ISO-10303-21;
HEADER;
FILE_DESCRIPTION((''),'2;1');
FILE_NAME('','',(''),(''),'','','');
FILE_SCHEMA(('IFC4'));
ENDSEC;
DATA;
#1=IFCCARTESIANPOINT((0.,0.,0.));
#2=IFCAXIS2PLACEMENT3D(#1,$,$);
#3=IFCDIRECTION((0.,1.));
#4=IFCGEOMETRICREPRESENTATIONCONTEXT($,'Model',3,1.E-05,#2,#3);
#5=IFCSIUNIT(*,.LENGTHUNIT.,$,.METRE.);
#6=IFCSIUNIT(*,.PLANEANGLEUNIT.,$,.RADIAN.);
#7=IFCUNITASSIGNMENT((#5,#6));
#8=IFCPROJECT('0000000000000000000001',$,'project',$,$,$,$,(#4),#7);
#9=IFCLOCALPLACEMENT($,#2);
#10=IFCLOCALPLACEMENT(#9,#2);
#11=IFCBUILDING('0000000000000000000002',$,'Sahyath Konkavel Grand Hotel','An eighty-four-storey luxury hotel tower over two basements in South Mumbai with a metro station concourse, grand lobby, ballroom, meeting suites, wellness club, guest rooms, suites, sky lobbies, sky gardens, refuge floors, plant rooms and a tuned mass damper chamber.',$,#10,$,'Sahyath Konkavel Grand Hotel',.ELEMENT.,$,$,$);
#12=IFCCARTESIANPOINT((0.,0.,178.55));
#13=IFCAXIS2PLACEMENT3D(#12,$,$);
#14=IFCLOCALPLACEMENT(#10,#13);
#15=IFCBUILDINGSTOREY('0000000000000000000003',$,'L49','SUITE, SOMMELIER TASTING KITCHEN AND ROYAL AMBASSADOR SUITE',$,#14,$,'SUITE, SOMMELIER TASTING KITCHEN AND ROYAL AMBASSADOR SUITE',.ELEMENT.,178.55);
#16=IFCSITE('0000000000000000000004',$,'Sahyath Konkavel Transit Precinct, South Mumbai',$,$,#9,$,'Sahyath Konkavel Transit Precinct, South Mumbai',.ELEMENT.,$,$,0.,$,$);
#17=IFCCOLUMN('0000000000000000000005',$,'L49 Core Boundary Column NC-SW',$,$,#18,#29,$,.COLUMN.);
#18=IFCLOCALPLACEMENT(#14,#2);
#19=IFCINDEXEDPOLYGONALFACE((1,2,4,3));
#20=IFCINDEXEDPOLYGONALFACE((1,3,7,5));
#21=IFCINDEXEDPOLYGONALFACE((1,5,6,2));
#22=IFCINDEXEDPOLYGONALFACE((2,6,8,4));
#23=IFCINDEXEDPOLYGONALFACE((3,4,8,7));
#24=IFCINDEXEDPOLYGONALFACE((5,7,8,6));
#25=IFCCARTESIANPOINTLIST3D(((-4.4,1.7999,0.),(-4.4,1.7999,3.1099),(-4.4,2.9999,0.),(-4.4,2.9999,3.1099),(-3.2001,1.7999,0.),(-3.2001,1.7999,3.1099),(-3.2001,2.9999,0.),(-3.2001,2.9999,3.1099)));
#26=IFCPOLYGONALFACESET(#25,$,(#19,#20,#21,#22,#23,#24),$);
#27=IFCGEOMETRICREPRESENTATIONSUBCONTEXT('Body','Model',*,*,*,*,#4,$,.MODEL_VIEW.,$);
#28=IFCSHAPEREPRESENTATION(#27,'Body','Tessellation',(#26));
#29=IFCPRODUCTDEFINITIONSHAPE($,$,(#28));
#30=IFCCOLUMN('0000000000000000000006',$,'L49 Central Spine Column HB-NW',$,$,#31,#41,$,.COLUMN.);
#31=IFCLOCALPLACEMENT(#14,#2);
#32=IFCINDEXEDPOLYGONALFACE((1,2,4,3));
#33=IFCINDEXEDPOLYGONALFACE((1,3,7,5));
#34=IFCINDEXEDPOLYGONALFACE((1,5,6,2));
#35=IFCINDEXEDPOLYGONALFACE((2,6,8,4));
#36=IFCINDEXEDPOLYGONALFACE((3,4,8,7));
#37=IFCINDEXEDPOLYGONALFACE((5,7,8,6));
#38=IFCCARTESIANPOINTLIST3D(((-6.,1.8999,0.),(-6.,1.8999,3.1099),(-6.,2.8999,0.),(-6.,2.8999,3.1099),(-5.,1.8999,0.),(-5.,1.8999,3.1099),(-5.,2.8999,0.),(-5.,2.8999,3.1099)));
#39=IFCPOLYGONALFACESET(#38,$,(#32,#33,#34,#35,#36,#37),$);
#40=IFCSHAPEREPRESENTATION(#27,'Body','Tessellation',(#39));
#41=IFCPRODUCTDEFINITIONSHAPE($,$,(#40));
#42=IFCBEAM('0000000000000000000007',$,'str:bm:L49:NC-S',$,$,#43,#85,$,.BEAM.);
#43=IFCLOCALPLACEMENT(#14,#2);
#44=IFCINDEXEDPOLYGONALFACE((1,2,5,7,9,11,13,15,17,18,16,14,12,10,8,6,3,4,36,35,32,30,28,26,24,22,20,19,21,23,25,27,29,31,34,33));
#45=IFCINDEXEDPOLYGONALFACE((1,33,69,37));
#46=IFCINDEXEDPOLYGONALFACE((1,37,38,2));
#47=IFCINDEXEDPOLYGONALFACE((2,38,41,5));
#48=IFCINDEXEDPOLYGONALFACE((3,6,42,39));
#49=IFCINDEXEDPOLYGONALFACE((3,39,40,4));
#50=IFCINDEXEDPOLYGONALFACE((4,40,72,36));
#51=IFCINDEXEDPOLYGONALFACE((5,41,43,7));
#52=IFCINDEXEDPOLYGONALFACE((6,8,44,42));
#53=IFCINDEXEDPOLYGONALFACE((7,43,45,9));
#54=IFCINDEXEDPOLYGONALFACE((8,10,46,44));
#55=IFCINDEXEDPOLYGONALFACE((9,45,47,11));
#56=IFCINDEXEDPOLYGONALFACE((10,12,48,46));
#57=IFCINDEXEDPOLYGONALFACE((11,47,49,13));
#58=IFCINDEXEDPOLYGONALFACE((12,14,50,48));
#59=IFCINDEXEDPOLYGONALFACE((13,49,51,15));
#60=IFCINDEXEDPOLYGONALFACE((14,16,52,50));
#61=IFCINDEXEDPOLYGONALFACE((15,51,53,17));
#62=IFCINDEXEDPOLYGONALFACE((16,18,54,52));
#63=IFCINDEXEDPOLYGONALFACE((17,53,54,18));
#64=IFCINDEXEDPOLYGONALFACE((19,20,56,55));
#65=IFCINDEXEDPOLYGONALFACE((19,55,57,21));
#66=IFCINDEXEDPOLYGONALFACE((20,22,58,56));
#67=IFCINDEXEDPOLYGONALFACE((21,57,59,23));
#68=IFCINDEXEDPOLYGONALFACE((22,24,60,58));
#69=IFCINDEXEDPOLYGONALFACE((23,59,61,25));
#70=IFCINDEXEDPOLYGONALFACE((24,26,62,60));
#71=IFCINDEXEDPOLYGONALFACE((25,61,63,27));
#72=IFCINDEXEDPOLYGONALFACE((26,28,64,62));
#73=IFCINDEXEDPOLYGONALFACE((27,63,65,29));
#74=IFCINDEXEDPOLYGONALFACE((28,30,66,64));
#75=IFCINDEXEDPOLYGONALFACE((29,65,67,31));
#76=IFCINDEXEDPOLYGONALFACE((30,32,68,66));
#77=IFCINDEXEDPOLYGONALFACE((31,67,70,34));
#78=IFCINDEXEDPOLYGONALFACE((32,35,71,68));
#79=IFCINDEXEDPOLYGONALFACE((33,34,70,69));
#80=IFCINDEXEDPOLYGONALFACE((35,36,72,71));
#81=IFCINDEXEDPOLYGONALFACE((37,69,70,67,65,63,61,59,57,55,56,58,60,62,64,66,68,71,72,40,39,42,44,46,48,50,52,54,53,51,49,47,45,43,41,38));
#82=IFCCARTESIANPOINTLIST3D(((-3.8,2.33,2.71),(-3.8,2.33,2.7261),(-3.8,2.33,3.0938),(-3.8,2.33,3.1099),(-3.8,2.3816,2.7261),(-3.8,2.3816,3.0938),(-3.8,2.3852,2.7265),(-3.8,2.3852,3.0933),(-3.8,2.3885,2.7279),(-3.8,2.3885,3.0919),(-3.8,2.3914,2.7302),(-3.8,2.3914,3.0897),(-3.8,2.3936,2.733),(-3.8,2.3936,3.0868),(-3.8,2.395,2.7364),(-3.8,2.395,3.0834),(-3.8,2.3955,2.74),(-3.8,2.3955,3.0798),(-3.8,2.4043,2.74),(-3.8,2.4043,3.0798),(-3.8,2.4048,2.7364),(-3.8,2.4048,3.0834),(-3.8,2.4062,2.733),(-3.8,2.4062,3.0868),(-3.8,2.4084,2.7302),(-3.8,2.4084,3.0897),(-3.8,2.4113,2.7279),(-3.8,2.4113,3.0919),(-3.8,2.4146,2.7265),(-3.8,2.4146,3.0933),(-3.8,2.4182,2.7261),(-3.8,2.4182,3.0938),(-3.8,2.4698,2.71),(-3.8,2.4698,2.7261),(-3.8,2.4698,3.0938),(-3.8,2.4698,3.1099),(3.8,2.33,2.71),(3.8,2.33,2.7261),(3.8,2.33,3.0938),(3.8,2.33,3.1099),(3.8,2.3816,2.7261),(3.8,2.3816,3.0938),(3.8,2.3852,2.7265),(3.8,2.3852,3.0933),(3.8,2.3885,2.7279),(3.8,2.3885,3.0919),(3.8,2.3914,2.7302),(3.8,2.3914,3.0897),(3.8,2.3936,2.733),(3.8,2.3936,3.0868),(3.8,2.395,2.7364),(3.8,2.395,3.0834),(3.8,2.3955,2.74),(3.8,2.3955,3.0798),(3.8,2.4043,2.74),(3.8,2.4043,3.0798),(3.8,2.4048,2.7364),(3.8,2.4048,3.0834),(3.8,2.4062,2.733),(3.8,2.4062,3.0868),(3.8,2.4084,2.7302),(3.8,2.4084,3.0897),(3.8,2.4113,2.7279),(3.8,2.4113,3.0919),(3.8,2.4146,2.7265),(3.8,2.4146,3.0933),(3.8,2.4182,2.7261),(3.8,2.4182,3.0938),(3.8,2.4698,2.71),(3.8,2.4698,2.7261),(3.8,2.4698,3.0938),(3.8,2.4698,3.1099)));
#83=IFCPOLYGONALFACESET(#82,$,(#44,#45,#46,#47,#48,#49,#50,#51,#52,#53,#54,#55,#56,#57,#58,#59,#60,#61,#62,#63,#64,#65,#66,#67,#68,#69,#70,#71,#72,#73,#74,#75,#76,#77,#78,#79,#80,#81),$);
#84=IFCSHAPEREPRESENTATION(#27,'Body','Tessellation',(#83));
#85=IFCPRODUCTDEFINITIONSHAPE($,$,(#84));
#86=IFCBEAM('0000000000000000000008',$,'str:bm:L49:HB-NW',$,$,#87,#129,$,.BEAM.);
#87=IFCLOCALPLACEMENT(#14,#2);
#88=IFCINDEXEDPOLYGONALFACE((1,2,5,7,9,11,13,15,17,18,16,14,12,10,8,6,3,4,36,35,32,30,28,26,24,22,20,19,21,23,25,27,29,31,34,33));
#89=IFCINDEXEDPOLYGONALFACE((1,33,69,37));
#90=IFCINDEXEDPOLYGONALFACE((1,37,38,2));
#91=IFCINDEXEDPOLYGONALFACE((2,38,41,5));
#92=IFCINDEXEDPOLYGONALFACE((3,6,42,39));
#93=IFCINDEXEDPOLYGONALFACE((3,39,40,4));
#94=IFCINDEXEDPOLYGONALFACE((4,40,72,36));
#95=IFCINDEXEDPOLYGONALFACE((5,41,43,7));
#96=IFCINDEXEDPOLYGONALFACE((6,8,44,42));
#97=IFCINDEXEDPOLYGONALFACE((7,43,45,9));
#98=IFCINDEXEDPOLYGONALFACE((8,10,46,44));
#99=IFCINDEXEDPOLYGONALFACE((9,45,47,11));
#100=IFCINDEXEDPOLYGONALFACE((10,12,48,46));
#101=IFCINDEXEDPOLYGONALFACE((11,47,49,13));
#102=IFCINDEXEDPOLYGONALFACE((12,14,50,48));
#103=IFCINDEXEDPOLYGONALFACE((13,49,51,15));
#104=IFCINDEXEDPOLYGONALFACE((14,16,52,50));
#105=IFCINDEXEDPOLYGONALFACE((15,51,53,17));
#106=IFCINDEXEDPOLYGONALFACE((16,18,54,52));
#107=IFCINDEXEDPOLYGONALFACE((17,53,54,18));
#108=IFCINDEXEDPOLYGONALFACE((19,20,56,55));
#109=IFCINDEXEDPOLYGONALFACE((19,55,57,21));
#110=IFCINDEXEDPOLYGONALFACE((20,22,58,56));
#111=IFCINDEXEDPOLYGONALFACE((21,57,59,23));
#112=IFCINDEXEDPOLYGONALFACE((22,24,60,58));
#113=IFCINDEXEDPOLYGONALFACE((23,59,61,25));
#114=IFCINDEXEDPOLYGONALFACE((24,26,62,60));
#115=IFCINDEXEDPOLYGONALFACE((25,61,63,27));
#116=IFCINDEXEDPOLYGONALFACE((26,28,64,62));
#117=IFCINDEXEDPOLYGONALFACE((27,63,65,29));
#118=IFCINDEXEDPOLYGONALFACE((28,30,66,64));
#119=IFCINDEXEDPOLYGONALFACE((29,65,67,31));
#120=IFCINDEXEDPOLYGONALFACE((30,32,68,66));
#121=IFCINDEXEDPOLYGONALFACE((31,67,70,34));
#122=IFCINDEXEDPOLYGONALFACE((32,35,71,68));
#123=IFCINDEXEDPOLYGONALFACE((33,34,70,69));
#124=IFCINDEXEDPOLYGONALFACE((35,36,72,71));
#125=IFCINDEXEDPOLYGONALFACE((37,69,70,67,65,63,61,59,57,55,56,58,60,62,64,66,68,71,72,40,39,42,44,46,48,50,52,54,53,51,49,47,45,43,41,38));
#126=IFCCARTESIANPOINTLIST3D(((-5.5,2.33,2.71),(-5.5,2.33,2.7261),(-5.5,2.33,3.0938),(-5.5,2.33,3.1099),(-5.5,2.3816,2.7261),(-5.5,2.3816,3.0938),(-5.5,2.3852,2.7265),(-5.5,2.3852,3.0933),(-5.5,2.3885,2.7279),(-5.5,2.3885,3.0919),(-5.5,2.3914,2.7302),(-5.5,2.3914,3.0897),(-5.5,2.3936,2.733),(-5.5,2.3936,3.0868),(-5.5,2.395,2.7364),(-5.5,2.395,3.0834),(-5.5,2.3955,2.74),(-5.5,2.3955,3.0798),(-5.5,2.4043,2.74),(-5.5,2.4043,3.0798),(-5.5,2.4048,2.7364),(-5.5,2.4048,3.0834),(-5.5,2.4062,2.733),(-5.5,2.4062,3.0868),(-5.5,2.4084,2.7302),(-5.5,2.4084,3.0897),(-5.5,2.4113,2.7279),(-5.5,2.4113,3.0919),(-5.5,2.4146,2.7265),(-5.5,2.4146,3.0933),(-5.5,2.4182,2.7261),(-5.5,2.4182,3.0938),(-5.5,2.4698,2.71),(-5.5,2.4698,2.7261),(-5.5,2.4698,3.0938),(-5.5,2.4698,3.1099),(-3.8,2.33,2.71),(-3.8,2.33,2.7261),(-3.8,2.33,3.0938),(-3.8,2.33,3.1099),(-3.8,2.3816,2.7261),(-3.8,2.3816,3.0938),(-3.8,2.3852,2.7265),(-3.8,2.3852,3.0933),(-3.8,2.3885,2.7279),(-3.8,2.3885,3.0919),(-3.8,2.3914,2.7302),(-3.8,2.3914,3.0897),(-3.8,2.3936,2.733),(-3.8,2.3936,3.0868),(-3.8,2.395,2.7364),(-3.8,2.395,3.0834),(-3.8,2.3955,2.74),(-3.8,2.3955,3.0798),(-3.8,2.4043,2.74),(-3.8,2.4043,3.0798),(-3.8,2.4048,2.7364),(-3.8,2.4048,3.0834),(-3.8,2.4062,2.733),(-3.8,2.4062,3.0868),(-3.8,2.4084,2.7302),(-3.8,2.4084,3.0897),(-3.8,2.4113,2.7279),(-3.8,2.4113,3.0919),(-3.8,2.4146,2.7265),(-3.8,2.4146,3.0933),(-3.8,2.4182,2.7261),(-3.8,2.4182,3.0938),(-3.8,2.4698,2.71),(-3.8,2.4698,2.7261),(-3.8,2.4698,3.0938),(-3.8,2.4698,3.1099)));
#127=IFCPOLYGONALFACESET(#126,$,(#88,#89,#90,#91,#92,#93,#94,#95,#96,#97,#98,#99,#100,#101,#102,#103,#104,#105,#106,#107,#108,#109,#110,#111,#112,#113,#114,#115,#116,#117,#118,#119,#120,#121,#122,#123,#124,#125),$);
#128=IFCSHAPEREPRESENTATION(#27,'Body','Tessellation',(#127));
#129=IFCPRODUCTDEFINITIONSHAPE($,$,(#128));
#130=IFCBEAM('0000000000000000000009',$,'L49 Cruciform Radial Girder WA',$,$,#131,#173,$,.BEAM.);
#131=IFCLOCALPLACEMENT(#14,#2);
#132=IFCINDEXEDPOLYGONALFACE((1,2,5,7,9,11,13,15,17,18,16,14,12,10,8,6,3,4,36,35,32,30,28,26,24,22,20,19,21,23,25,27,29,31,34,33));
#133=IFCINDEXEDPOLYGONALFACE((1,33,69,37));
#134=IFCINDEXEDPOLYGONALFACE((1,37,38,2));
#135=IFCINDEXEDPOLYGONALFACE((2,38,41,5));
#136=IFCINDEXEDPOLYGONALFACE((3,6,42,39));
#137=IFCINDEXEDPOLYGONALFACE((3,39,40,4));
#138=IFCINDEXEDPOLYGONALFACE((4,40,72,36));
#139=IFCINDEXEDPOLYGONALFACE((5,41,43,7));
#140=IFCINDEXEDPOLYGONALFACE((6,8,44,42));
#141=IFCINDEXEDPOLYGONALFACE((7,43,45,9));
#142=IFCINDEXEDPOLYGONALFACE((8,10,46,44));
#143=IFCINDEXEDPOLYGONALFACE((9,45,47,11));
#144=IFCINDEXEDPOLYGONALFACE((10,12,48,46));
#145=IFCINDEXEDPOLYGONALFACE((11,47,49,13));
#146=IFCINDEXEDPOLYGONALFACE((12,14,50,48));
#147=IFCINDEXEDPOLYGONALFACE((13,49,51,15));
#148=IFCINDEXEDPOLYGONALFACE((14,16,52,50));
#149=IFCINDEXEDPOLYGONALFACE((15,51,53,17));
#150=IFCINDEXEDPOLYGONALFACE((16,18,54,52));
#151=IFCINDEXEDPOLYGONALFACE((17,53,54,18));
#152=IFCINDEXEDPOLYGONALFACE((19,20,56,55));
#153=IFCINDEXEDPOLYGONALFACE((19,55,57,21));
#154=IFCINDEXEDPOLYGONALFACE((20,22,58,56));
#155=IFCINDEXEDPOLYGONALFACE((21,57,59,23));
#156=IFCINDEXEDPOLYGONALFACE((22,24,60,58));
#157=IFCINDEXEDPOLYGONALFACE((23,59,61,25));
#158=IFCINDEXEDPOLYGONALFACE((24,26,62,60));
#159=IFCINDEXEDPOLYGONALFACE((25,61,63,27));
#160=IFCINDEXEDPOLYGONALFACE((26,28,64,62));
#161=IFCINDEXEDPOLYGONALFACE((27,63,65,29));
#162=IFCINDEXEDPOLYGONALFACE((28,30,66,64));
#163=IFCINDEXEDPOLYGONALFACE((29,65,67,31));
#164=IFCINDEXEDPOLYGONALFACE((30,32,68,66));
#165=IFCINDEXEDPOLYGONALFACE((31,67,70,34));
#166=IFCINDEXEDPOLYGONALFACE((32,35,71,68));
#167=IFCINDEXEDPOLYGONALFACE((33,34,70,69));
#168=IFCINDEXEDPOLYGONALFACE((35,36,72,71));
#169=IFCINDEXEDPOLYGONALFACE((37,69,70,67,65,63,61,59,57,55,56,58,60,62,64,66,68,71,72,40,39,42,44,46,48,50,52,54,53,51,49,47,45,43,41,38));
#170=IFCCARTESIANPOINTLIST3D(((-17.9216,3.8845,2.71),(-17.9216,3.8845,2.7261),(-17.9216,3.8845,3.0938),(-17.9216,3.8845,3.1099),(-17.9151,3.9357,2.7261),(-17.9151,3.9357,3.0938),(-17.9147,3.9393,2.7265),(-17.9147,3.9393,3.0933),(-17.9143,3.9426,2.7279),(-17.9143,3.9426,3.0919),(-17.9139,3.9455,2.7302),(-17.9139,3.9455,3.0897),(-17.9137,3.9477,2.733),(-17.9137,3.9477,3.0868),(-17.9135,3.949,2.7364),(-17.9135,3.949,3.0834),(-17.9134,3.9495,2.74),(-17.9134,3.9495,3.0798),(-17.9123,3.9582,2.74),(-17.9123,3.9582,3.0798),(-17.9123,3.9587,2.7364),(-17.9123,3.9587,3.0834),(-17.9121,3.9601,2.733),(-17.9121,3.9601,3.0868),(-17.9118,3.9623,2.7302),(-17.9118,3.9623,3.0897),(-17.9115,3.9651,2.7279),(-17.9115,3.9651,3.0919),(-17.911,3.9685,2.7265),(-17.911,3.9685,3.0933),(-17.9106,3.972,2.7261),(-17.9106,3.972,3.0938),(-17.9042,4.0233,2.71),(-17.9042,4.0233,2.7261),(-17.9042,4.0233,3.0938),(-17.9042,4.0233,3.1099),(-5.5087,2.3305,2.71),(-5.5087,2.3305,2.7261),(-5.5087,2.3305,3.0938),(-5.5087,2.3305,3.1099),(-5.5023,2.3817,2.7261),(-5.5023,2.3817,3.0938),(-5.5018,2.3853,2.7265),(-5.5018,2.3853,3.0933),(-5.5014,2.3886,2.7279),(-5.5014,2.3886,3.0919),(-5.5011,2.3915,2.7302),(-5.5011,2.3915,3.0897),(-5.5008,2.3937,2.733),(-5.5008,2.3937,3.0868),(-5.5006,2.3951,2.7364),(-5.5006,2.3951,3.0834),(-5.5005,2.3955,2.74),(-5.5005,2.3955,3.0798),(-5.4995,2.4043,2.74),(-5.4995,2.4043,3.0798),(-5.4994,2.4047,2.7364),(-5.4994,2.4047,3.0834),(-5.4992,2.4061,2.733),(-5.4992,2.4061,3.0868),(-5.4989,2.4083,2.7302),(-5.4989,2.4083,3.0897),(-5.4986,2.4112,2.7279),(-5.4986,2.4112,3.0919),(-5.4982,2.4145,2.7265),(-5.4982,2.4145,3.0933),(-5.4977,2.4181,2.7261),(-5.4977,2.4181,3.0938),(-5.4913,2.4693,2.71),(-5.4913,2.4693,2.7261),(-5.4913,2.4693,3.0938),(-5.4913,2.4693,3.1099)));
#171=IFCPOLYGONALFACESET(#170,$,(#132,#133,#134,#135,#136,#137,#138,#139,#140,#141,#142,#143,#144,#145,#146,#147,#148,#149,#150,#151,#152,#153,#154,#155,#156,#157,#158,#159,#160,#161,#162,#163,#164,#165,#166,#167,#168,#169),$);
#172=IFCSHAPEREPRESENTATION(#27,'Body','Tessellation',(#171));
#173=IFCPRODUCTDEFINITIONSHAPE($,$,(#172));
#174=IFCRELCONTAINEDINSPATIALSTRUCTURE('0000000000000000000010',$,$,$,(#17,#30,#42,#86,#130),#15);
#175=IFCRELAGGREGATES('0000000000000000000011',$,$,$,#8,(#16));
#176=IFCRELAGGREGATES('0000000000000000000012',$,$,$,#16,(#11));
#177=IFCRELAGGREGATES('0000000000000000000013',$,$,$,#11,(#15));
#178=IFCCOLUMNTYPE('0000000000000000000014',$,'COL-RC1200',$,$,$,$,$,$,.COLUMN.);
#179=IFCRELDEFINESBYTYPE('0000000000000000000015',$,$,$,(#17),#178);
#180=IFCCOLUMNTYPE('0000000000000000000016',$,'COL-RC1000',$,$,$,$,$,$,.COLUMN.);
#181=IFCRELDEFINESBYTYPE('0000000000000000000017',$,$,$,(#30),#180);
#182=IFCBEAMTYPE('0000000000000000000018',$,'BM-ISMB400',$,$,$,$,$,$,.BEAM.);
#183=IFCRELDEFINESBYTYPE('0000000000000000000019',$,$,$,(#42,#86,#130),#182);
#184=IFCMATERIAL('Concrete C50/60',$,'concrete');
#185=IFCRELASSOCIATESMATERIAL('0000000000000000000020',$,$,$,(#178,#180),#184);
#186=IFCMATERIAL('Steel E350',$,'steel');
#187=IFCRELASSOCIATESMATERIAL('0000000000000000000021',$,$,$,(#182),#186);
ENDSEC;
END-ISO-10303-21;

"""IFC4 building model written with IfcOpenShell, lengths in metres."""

from ifc_helpers import new_model, si_unit, direction, frame, origin, origin_2d, place, context, subcontext, project, spatial, rectangle, i_section, extrude, source, transform, mapped, material, material_profile, profile_set, type_object, element, save


model = new_model("IFC4")

# Units and contexts
model_context = context("Model", 3, precision=1e-05, world=origin(), true_north=direction((0.0, 1.0)))
body_context = subcontext(model_context, "Body", "Model", "MODEL_VIEW")
ifc_project = project(units=[si_unit("LENGTHUNIT", "METRE"), si_unit("PLANEANGLEUNIT", "RADIAN")], contexts=[model_context])

# Site, building, storey
site_placement = place(None, origin())
site = spatial("IfcSite", under=ifc_project, at=site_placement, Name="Sahyath Konkavel Transit Precinct, South Mumbai", LongName="Sahyath Konkavel Transit Precinct, South Mumbai", CompositionType="ELEMENT", RefElevation=0.0)
building_placement = place(site_placement, origin())
building = spatial("IfcBuilding", under=site, at=building_placement, Name="Sahyath Konkavel Grand Hotel", Description="An eighty-four-storey luxury hotel tower over two basements in South Mumbai with a metro station concourse, grand lobby, ballroom, meeting suites, wellness club, guest rooms, suites, sky lobbies, sky gardens, refuge floors, plant rooms and a tuned mass damper chamber.", LongName="Sahyath Konkavel Grand Hotel", CompositionType="ELEMENT")
storey_placement = place(building_placement, frame((0.0, 0.0, 178.55)))
storey = spatial("IfcBuildingStorey", under=building, at=storey_placement, Name="L49", Description="SUITE, SOMMELIER TASTING KITCHEN AND ROYAL AMBASSADOR SUITE", LongName="SUITE, SOMMELIER TASTING KITCHEN AND ROYAL AMBASSADOR SUITE", CompositionType="ELEMENT", Elevation=178.55)

# Columns
ifc_material_1 = material(Name="Concrete C50/60", Category="concrete")
ifc_material_profile_1 = material_profile(ifc_material_1, rectangle(XDim=1.2, YDim=1.2, at=origin_2d()), Name="RC 1200x1200")
ifc_profile_set_1 = profile_set([ifc_material_profile_1], Name="Concrete C50/60")
column_type_1 = type_object("IfcColumnType", Name="COL-RC1200", PredefinedType="COLUMN", material=ifc_profile_set_1)
shared_shape_1 = source(origin(), body_context, "Body", "SweptSolid", [
    extrude(rectangle(XDim=1.2, YDim=1.2, at=origin_2d()), origin(), (0.0, 0.0, 1.0), 3.1099),
])
column_1_placement = place(storey_placement, frame((-3.8, 2.3999, 0.0), z_axis=(0.0, 0.0, 1.0), x_axis=(1.0, 0.0, 0.0)))
element("IfcColumn", 1, at=column_1_placement, inside=storey, type_object=column_type_1, Name="L49 Core Boundary Column NC-SW", PredefinedType="COLUMN", context=body_context, shape_type="MappedRepresentation", body=[
    mapped(shared_shape_1, transform((0.0, 0.0, 0.0), scale=1.0)),
])
ifc_material_profile_2 = material_profile(ifc_material_1, rectangle(XDim=1.0, YDim=1.0, at=origin_2d()), Name="RC 1000x1000")
ifc_profile_set_2 = profile_set([ifc_material_profile_2], Name="Concrete C50/60")
column_type_2 = type_object("IfcColumnType", Name="COL-RC1000", PredefinedType="COLUMN", material=ifc_profile_set_2)
shared_shape_2 = source(origin(), body_context, "Body", "SweptSolid", [
    extrude(rectangle(XDim=1.0, YDim=1.0, at=origin_2d()), origin(), (0.0, 0.0, 1.0), 3.1099),
])
column_2_placement = place(storey_placement, frame((-5.5, 2.3999, 0.0), z_axis=(0.0, 0.0, 1.0), x_axis=(1.0, 0.0, 0.0)))
element("IfcColumn", 2, at=column_2_placement, inside=storey, type_object=column_type_2, Name="L49 Central Spine Column HB-NW", PredefinedType="COLUMN", context=body_context, shape_type="MappedRepresentation", body=[
    mapped(shared_shape_2, transform((0.0, 0.0, 0.0), scale=1.0)),
])

# Beams
ifc_material_2 = material(Name="Steel E350", Category="steel")
ifc_material_profile_3 = material_profile(ifc_material_2, i_section(OverallWidth=0.1399, OverallDepth=0.3999, WebThickness=0.0088, FlangeThickness=0.0161, FilletRadius=0.0139, at=origin_2d()), Name="ISMB 400")
ifc_profile_set_3 = profile_set([ifc_material_profile_3], Name="Steel E350")
beam_type = type_object("IfcBeamType", Name="BM-ISMB400", PredefinedType="BEAM", material=ifc_profile_set_3)
shared_shape_3 = source(origin(), body_context, "Body", "SweptSolid", [
    extrude(i_section(OverallWidth=0.1399, OverallDepth=0.3999, WebThickness=0.0088, FlangeThickness=0.0161, FilletRadius=0.0139, at=origin_2d()), origin(), (0.0, 0.0, 1.0), 7.6001),
])
beam_1_placement = place(storey_placement, frame((-3.8, 2.3999, 2.9099), z_axis=(1.0, 0.0, 0.0), x_axis=(0.0, 1.0, 0.0)))
element("IfcBeam", 3, at=beam_1_placement, inside=storey, type_object=beam_type, Name="str:bm:L49:NC-S", PredefinedType="BEAM", context=body_context, shape_type="MappedRepresentation", body=[
    mapped(shared_shape_3, transform((0.0, 0.0, 0.0), scale=1.0)),
])
shared_shape_4 = source(origin(), body_context, "Body", "SweptSolid", [
    extrude(i_section(OverallWidth=0.1399, OverallDepth=0.3999, WebThickness=0.0088, FlangeThickness=0.0161, FilletRadius=0.0139, at=origin_2d()), origin(), (0.0, 0.0, 1.0), 1.7),
])
beam_2_placement = place(storey_placement, frame((-5.5, 2.3999, 2.9099), z_axis=(1.0, 0.0, 0.0), x_axis=(0.0, 1.0, 0.0)))
element("IfcBeam", 4, at=beam_2_placement, inside=storey, type_object=beam_type, Name="str:bm:L49:HB-NW", PredefinedType="BEAM", context=body_context, shape_type="MappedRepresentation", body=[
    mapped(shared_shape_4, transform((0.0, 0.0, 0.0), scale=1.0)),
])
shared_shape_5 = source(origin(), body_context, "Body", "SweptSolid", [
    extrude(i_section(OverallWidth=0.1399, OverallDepth=0.3999, WebThickness=0.0088, FlangeThickness=0.0161, FilletRadius=0.0139, at=origin_2d()), origin(), (0.0, 0.0, 1.0), 12.5098),
])
beam_3_placement = place(storey_placement, frame((-5.5, 2.3999, 2.9099), z_axis=(-0.992255, 0.12422, 0.0), x_axis=(-0.12422, -0.992255, 0.0)))
element("IfcBeam", 5, at=beam_3_placement, inside=storey, type_object=beam_type, Name="L49 Cruciform Radial Girder WA", PredefinedType="BEAM", context=body_context, shape_type="MappedRepresentation", body=[
    mapped(shared_shape_5, transform((0.0, 0.0, 0.0), scale=1.0)),
])

save(model, "model.ifc")
